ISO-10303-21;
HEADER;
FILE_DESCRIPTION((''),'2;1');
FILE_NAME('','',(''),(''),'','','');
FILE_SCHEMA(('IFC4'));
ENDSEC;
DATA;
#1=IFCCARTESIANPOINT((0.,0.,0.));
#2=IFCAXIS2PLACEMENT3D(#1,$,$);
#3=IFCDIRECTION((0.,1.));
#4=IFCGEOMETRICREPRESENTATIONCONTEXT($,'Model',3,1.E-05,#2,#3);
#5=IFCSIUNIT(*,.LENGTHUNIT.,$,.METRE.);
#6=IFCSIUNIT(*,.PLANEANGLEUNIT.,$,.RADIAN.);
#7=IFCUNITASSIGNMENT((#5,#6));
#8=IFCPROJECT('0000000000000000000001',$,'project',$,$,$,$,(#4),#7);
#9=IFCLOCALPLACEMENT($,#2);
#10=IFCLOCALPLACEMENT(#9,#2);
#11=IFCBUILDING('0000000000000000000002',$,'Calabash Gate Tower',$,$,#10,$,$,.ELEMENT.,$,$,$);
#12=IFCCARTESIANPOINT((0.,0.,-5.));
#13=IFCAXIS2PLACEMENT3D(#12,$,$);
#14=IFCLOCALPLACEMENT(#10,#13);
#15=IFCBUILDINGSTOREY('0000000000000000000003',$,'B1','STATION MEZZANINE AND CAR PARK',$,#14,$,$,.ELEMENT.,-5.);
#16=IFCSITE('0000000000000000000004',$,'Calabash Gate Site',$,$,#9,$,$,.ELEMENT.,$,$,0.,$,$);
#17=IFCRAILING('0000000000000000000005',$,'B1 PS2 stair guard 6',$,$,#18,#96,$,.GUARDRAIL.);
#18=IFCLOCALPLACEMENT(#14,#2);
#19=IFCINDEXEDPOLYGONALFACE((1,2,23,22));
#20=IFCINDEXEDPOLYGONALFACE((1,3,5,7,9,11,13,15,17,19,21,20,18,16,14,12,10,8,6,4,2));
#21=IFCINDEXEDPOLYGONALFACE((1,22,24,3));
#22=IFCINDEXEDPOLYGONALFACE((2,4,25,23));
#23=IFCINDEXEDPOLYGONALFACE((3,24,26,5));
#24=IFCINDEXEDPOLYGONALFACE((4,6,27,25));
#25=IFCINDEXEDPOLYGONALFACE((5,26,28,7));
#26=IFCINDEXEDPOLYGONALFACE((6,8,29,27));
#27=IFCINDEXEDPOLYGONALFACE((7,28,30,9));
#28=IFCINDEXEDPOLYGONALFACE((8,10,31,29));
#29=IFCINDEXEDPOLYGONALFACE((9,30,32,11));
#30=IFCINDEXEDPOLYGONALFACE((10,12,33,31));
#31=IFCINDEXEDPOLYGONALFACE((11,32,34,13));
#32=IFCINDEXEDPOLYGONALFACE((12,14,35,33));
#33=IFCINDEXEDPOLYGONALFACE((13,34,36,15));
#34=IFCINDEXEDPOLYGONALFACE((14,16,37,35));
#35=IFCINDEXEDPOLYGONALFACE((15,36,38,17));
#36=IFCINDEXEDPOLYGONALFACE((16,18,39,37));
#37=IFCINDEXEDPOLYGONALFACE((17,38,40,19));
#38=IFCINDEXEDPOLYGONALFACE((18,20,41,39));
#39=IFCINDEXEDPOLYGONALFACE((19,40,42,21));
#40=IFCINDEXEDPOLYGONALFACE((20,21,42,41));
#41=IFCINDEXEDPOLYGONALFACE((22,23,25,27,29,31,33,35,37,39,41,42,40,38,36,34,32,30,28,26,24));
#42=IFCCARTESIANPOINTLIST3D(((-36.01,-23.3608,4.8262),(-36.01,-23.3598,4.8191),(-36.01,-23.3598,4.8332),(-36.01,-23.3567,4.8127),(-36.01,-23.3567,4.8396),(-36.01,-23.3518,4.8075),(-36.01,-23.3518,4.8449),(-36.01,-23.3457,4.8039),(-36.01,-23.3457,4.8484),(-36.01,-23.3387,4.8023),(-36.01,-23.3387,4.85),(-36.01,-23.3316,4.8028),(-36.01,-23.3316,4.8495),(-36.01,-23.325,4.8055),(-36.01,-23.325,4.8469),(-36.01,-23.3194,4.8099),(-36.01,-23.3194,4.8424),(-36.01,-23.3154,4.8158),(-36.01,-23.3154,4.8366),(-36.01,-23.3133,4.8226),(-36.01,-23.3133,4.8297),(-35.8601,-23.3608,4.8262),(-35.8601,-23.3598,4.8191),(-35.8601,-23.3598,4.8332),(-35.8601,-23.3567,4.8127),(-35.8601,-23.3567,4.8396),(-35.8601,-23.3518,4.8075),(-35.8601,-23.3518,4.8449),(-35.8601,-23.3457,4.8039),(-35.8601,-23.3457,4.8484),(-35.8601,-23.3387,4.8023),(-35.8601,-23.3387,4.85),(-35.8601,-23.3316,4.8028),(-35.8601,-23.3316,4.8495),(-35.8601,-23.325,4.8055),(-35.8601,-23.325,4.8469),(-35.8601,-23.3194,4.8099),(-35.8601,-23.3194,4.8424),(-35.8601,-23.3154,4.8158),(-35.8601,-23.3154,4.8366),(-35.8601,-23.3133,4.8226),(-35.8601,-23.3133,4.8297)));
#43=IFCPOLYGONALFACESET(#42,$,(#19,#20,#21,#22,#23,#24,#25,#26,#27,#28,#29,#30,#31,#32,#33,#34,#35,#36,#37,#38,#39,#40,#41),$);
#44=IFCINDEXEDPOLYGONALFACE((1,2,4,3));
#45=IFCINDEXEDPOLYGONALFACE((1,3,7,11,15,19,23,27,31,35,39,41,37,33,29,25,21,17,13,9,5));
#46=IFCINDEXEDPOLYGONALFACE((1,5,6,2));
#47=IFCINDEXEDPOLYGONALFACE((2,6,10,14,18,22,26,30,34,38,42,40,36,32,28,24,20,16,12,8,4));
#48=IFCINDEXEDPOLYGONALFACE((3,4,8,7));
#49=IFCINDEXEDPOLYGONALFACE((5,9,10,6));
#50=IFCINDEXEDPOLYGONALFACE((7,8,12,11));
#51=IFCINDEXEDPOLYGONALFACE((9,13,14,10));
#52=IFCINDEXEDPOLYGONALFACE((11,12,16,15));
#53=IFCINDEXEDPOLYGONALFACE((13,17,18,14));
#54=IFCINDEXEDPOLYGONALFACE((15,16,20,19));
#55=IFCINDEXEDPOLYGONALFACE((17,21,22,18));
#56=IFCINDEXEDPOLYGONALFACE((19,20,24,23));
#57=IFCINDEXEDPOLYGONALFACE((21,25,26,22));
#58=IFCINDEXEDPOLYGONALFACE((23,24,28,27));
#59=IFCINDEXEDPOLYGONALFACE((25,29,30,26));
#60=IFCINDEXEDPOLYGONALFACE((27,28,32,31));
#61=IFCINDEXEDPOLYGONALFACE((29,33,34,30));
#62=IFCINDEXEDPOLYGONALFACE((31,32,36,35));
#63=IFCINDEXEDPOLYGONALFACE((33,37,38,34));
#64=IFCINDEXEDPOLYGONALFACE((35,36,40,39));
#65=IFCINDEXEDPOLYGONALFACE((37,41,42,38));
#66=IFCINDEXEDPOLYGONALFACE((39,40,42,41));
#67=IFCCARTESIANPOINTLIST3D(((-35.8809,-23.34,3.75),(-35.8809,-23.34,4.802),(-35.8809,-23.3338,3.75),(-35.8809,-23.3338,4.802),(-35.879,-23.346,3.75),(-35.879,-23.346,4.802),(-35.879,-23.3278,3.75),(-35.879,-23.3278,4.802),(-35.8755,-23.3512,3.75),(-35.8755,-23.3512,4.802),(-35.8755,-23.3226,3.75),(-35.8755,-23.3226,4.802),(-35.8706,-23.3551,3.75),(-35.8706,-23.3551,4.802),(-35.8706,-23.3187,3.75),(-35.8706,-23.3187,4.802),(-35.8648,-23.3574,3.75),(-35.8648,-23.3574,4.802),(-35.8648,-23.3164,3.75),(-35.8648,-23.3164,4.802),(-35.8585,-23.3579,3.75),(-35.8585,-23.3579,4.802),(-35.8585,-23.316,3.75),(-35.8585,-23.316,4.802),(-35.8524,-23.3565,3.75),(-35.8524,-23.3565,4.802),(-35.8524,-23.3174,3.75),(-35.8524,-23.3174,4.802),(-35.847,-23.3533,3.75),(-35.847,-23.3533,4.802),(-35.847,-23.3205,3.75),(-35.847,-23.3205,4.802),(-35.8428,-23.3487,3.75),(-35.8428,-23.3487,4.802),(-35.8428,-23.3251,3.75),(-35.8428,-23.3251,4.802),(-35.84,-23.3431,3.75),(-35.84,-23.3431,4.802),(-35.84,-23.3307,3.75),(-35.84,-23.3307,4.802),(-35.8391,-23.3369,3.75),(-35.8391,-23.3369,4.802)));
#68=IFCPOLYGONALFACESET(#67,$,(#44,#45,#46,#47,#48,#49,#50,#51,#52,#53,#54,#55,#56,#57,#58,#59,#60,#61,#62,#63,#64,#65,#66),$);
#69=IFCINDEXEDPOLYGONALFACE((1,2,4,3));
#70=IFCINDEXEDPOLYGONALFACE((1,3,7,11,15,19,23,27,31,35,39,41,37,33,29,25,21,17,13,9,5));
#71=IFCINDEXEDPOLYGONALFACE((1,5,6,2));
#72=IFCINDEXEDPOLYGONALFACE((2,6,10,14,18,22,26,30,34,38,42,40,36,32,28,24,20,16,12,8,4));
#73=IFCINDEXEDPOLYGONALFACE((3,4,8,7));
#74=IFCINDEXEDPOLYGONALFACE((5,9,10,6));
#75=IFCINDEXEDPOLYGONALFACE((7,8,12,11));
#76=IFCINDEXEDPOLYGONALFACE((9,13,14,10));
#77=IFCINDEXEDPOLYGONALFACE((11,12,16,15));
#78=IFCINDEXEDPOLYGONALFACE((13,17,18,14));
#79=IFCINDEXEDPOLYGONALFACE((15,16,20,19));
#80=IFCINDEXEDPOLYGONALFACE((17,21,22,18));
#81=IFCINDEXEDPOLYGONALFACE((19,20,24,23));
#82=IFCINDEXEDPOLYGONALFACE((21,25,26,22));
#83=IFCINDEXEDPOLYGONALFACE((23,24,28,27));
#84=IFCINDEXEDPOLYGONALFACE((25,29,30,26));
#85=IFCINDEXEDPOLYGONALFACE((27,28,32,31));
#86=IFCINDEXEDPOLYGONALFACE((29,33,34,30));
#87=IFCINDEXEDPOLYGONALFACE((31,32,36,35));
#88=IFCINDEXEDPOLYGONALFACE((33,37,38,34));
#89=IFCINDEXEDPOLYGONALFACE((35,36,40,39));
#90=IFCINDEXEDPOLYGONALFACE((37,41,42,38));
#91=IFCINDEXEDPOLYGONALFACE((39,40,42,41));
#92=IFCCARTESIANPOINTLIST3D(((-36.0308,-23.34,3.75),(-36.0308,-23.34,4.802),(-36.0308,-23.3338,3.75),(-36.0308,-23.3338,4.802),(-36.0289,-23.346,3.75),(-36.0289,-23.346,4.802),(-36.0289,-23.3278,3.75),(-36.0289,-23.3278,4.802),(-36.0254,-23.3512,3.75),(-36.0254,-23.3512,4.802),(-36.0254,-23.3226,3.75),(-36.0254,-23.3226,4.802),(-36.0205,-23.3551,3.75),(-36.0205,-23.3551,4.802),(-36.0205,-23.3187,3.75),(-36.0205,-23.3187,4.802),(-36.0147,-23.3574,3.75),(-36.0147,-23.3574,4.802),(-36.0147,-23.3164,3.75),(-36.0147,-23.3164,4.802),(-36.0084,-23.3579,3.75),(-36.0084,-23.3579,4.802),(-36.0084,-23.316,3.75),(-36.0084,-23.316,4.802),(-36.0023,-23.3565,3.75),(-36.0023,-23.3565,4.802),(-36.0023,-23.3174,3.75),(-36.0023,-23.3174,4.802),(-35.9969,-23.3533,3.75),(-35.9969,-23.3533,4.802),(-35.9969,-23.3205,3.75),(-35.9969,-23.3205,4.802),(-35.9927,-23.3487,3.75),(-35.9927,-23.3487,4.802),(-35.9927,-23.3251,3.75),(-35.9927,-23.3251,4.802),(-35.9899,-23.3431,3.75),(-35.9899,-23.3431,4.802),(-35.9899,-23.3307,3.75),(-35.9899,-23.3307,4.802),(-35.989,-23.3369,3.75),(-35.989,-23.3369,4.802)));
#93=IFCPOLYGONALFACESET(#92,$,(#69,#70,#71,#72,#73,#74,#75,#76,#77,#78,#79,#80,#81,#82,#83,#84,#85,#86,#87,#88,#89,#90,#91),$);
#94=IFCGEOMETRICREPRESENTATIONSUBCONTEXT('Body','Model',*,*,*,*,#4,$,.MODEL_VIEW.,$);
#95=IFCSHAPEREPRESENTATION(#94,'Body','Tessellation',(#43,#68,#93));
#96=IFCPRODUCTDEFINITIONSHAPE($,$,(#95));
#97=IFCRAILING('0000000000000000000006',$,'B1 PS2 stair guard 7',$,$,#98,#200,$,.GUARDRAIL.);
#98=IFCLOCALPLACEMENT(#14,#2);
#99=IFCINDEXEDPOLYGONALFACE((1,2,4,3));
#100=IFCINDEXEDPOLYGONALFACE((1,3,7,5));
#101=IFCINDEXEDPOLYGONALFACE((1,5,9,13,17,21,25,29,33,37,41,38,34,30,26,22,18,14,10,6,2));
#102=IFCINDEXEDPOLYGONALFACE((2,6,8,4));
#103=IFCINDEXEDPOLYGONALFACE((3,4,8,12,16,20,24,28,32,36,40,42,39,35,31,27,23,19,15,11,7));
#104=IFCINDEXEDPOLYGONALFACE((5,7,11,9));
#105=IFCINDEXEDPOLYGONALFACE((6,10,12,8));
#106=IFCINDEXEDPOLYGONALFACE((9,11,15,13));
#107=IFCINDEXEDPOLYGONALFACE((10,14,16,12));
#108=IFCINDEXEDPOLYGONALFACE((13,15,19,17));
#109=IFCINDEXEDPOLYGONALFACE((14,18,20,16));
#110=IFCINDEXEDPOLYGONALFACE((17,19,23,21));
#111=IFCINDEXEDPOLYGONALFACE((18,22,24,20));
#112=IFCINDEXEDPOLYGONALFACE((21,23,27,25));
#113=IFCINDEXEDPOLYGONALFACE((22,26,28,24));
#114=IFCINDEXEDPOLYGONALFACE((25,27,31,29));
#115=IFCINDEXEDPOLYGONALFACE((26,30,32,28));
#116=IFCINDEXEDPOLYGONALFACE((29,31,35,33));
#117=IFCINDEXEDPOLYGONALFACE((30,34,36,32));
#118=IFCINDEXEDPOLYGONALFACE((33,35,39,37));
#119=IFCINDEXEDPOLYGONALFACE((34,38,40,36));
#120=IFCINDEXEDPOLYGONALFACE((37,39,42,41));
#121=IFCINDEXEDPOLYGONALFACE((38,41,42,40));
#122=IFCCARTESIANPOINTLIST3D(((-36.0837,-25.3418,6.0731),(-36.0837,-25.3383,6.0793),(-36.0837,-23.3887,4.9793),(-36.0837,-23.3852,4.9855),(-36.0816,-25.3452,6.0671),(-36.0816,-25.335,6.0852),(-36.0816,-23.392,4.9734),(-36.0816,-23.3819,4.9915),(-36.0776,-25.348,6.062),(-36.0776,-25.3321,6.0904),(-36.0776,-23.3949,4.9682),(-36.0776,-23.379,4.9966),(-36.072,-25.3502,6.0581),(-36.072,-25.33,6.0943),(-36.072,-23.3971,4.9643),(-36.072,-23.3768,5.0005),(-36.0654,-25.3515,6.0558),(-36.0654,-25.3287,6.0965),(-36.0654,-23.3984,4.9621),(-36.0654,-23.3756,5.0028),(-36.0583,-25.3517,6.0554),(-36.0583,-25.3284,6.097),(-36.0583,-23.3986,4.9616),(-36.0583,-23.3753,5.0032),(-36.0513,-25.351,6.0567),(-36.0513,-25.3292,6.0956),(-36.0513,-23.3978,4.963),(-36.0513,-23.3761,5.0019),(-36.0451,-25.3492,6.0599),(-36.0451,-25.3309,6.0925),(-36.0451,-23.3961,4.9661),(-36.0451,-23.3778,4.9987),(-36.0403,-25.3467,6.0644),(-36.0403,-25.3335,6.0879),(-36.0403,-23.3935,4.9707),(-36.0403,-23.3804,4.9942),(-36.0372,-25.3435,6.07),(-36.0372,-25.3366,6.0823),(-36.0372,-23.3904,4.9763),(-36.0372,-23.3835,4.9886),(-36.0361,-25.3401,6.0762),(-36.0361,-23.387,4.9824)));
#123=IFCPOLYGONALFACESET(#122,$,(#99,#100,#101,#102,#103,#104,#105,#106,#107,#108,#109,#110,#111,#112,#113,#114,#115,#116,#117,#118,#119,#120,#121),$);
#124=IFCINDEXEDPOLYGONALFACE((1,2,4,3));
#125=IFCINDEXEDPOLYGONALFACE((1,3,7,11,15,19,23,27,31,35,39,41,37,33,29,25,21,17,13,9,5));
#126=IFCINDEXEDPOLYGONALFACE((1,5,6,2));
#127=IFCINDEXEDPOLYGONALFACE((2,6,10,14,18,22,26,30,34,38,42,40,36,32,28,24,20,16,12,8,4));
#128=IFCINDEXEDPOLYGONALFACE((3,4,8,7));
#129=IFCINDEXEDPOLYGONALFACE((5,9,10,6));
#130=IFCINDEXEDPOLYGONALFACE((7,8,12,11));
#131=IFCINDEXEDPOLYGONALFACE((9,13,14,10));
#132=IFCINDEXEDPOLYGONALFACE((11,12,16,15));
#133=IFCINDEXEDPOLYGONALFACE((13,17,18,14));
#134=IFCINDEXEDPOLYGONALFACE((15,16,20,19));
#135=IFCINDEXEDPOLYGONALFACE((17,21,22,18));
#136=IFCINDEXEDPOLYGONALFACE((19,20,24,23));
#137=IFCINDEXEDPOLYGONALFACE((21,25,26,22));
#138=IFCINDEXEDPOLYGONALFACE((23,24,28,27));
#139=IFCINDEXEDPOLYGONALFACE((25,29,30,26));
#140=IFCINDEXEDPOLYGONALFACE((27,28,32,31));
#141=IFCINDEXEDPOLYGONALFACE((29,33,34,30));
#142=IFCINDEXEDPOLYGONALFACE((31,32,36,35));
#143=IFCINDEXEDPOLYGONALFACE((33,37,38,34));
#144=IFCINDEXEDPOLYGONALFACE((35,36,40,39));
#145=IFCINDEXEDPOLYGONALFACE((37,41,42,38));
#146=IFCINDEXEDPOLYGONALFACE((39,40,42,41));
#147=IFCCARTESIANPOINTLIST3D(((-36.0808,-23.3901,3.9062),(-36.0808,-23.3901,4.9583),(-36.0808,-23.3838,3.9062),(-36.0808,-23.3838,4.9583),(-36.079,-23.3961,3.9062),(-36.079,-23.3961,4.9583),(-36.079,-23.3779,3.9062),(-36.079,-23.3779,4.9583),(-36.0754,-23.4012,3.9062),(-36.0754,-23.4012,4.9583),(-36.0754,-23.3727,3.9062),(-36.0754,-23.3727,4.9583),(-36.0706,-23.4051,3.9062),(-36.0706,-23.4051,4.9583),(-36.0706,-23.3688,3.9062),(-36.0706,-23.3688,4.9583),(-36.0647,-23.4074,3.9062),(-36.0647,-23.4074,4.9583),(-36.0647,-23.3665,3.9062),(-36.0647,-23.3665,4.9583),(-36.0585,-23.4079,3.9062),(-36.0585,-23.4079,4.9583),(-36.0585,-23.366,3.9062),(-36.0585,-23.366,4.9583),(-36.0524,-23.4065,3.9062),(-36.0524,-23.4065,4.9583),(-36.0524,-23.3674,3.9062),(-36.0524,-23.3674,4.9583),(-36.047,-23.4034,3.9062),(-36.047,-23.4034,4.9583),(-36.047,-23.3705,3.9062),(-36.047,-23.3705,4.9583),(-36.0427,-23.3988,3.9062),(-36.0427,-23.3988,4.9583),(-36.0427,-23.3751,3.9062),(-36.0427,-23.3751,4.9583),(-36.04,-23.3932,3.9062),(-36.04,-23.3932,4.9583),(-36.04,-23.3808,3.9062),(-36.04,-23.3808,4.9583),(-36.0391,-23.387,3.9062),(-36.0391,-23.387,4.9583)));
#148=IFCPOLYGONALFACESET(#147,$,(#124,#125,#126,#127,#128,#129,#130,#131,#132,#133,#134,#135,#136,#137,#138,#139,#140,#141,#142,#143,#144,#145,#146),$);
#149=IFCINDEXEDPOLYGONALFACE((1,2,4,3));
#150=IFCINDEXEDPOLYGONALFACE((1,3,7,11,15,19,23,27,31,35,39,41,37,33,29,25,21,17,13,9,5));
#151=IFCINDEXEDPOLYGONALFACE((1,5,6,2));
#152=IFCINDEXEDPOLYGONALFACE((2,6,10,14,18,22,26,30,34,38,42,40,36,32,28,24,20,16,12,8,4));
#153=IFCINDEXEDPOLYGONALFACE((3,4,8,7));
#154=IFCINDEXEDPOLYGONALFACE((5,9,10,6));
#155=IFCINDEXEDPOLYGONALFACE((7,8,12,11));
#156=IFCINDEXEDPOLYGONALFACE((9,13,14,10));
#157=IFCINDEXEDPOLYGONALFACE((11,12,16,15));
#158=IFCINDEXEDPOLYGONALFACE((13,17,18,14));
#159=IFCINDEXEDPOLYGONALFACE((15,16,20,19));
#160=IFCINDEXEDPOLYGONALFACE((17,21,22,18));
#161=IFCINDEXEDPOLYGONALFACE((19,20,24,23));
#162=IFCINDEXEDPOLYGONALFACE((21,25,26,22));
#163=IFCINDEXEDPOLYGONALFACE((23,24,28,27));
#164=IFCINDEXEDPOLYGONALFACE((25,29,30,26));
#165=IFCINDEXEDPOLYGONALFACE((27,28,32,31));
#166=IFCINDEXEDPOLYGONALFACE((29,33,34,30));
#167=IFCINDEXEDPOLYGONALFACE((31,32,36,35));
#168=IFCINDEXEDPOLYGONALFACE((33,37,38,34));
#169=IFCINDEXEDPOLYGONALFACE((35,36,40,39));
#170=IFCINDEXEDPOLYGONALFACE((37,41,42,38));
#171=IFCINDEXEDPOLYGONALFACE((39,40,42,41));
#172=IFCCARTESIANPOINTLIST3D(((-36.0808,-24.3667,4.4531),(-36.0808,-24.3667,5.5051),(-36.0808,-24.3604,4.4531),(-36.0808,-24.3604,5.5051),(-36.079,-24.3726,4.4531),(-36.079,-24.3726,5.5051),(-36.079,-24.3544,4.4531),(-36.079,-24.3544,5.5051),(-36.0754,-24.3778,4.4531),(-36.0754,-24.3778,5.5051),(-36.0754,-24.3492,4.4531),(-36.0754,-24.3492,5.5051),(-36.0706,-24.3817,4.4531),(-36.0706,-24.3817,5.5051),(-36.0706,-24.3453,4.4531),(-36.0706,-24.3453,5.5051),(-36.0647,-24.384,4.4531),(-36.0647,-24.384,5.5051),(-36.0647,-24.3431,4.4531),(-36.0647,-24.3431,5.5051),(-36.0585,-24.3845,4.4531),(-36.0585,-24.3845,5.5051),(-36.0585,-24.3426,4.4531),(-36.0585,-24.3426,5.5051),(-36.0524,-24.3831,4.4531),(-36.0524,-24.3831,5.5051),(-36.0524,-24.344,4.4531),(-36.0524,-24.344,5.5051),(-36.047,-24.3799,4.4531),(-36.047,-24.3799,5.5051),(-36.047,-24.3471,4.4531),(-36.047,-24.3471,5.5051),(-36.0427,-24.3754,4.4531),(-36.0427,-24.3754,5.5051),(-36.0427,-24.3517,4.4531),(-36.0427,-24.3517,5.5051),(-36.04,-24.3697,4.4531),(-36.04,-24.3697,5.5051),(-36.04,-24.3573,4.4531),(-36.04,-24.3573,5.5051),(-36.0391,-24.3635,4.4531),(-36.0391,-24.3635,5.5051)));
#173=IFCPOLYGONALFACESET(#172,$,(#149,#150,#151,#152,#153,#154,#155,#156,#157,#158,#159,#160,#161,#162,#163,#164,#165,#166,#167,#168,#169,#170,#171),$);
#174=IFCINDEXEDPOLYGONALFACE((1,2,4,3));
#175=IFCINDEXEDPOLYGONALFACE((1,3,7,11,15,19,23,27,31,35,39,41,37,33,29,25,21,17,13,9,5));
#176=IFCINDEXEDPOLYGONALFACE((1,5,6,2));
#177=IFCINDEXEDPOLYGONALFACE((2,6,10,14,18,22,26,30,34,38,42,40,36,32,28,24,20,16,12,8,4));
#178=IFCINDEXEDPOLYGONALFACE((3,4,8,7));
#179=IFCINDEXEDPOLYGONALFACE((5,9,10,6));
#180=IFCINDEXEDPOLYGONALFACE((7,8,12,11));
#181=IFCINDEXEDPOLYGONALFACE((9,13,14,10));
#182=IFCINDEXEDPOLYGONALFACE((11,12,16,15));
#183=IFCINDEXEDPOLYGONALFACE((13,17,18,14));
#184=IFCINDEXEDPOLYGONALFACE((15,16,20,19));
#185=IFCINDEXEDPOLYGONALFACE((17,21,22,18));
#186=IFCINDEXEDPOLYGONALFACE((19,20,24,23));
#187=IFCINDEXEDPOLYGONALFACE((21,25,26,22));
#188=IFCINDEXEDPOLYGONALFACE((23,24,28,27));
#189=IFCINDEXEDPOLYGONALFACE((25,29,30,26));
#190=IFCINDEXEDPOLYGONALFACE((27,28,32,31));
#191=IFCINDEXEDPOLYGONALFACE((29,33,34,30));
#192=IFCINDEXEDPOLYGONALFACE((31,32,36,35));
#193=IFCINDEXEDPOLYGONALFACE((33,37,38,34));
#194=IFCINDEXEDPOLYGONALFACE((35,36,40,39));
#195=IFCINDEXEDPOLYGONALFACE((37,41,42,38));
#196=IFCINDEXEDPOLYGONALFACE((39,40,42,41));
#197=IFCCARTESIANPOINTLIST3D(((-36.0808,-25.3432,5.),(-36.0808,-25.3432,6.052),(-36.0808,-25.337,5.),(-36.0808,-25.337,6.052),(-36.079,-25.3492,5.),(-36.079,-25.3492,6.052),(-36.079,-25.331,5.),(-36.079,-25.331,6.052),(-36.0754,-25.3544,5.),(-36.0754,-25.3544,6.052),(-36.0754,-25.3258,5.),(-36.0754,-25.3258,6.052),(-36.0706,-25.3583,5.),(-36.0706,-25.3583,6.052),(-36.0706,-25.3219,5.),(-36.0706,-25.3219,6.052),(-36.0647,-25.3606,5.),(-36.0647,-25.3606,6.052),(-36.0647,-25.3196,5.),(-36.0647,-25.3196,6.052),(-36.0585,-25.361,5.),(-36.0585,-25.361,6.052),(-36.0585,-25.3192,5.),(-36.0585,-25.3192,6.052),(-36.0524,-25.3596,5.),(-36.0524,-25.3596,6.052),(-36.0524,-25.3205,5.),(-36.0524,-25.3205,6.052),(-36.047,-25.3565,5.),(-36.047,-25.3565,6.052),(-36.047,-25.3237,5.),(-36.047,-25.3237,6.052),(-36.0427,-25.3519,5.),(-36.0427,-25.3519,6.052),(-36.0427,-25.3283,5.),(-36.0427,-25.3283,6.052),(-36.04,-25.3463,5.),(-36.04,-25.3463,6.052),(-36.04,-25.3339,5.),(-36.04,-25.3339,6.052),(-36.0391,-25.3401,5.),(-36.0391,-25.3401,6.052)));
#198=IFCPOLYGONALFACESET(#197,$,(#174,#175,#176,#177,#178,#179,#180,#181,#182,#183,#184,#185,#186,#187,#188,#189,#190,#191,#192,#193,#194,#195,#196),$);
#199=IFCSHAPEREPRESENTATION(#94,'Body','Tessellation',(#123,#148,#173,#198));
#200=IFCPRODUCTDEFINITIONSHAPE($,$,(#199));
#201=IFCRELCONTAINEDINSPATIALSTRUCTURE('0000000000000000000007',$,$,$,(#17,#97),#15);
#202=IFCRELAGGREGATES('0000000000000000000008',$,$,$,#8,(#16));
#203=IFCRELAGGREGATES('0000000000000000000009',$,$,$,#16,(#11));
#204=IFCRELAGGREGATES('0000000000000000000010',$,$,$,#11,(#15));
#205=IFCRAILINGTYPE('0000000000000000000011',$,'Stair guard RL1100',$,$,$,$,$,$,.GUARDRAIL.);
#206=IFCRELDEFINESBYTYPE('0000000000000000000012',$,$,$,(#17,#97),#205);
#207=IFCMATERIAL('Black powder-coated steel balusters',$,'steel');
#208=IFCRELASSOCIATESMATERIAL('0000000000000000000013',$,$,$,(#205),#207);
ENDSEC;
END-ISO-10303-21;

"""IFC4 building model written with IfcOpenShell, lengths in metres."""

from ifc_helpers import new_model, si_unit, direction, frame, origin, origin_2d, place, context, subcontext, project, spatial, circle, extrude, material, type_object, element, save


model = new_model("IFC4")

# Units and contexts
model_context = context("Model", 3, precision=1e-05, world=origin(), true_north=direction((0.0, 1.0)))
body_context = subcontext(model_context, "Body", "Model", "MODEL_VIEW")
ifc_project = project(units=[si_unit("LENGTHUNIT", "METRE"), si_unit("PLANEANGLEUNIT", "RADIAN")], contexts=[model_context])

# Site, building, storey
site_placement = place(None, origin())
site = spatial("IfcSite", under=ifc_project, at=site_placement, Name="Calabash Gate Site", CompositionType="ELEMENT", RefElevation=0.0)
building_placement = place(site_placement, origin())
building = spatial("IfcBuilding", under=site, at=building_placement, Name="Calabash Gate Tower", CompositionType="ELEMENT")
storey_placement = place(building_placement, frame((0.0, 0.0, -5.0)))
storey = spatial("IfcBuildingStorey", under=building, at=storey_placement, Name="B1", Description="STATION MEZZANINE AND CAR PARK", CompositionType="ELEMENT", Elevation=-5.0)

# Railings
ifc_material_1 = material(Name="Black powder-coated steel balusters", Category="steel")
railing_type_1 = type_object("IfcRailingType", Name="Stair guard RL1100", PredefinedType="GUARDRAIL", material=ifc_material_1)
railing_1_placement = place(storey_placement, frame((-35.8601, -23.3369, 3.75)))
element("IfcRailing", 1, at=railing_1_placement, inside=storey, type_object=railing_type_1, Name="B1 PS2 stair guard 6", PredefinedType="GUARDRAIL", context=body_context, shape_type="SweptSolid", body=[
    extrude(circle(Radius=0.0239, at=origin_2d()), frame((0.0, 0.0, 1.0762), z_axis=(-1.0, 0.0, 0.0), x_axis=(0.0, -1.0, 0.0)), (0.0, 0.0, 1.0), 0.1499),
    extrude(circle(Radius=0.021, at=origin_2d()), origin(), (0.0, 0.0, 1.0), 1.052),
    extrude(circle(Radius=0.021, at=origin_2d()), frame((-0.1499, 0.0, 0.0)), (0.0, 0.0, 1.0), 1.052),
])
railing_2_placement = place(storey_placement, frame((-36.0601, -23.387, 3.9062)))
element("IfcRailing", 2, at=railing_2_placement, inside=storey, type_object=railing_type_1, Name="B1 PS2 stair guard 7", PredefinedType="GUARDRAIL", context=body_context, shape_type="SweptSolid", body=[
    extrude(circle(Radius=0.0239, at=origin_2d()), frame((0.0, 0.0, 1.0762), z_axis=(0.0, -0.872506, 0.488603), x_axis=(1.0, 0.0, 0.0)), (0.0, 0.0, 1.0), 2.2385),
    extrude(circle(Radius=0.021, at=origin_2d()), origin(), (0.0, 0.0, 1.0), 1.052),
    extrude(circle(Radius=0.021, at=origin_2d()), frame((0.0, -0.9766, 0.5469)), (0.0, 0.0, 1.0), 1.052),
    extrude(circle(Radius=0.021, at=origin_2d()), frame((0.0, -1.9531, 1.0938)), (0.0, 0.0, 1.0), 1.052),
])

save(model, "model.ifc")
